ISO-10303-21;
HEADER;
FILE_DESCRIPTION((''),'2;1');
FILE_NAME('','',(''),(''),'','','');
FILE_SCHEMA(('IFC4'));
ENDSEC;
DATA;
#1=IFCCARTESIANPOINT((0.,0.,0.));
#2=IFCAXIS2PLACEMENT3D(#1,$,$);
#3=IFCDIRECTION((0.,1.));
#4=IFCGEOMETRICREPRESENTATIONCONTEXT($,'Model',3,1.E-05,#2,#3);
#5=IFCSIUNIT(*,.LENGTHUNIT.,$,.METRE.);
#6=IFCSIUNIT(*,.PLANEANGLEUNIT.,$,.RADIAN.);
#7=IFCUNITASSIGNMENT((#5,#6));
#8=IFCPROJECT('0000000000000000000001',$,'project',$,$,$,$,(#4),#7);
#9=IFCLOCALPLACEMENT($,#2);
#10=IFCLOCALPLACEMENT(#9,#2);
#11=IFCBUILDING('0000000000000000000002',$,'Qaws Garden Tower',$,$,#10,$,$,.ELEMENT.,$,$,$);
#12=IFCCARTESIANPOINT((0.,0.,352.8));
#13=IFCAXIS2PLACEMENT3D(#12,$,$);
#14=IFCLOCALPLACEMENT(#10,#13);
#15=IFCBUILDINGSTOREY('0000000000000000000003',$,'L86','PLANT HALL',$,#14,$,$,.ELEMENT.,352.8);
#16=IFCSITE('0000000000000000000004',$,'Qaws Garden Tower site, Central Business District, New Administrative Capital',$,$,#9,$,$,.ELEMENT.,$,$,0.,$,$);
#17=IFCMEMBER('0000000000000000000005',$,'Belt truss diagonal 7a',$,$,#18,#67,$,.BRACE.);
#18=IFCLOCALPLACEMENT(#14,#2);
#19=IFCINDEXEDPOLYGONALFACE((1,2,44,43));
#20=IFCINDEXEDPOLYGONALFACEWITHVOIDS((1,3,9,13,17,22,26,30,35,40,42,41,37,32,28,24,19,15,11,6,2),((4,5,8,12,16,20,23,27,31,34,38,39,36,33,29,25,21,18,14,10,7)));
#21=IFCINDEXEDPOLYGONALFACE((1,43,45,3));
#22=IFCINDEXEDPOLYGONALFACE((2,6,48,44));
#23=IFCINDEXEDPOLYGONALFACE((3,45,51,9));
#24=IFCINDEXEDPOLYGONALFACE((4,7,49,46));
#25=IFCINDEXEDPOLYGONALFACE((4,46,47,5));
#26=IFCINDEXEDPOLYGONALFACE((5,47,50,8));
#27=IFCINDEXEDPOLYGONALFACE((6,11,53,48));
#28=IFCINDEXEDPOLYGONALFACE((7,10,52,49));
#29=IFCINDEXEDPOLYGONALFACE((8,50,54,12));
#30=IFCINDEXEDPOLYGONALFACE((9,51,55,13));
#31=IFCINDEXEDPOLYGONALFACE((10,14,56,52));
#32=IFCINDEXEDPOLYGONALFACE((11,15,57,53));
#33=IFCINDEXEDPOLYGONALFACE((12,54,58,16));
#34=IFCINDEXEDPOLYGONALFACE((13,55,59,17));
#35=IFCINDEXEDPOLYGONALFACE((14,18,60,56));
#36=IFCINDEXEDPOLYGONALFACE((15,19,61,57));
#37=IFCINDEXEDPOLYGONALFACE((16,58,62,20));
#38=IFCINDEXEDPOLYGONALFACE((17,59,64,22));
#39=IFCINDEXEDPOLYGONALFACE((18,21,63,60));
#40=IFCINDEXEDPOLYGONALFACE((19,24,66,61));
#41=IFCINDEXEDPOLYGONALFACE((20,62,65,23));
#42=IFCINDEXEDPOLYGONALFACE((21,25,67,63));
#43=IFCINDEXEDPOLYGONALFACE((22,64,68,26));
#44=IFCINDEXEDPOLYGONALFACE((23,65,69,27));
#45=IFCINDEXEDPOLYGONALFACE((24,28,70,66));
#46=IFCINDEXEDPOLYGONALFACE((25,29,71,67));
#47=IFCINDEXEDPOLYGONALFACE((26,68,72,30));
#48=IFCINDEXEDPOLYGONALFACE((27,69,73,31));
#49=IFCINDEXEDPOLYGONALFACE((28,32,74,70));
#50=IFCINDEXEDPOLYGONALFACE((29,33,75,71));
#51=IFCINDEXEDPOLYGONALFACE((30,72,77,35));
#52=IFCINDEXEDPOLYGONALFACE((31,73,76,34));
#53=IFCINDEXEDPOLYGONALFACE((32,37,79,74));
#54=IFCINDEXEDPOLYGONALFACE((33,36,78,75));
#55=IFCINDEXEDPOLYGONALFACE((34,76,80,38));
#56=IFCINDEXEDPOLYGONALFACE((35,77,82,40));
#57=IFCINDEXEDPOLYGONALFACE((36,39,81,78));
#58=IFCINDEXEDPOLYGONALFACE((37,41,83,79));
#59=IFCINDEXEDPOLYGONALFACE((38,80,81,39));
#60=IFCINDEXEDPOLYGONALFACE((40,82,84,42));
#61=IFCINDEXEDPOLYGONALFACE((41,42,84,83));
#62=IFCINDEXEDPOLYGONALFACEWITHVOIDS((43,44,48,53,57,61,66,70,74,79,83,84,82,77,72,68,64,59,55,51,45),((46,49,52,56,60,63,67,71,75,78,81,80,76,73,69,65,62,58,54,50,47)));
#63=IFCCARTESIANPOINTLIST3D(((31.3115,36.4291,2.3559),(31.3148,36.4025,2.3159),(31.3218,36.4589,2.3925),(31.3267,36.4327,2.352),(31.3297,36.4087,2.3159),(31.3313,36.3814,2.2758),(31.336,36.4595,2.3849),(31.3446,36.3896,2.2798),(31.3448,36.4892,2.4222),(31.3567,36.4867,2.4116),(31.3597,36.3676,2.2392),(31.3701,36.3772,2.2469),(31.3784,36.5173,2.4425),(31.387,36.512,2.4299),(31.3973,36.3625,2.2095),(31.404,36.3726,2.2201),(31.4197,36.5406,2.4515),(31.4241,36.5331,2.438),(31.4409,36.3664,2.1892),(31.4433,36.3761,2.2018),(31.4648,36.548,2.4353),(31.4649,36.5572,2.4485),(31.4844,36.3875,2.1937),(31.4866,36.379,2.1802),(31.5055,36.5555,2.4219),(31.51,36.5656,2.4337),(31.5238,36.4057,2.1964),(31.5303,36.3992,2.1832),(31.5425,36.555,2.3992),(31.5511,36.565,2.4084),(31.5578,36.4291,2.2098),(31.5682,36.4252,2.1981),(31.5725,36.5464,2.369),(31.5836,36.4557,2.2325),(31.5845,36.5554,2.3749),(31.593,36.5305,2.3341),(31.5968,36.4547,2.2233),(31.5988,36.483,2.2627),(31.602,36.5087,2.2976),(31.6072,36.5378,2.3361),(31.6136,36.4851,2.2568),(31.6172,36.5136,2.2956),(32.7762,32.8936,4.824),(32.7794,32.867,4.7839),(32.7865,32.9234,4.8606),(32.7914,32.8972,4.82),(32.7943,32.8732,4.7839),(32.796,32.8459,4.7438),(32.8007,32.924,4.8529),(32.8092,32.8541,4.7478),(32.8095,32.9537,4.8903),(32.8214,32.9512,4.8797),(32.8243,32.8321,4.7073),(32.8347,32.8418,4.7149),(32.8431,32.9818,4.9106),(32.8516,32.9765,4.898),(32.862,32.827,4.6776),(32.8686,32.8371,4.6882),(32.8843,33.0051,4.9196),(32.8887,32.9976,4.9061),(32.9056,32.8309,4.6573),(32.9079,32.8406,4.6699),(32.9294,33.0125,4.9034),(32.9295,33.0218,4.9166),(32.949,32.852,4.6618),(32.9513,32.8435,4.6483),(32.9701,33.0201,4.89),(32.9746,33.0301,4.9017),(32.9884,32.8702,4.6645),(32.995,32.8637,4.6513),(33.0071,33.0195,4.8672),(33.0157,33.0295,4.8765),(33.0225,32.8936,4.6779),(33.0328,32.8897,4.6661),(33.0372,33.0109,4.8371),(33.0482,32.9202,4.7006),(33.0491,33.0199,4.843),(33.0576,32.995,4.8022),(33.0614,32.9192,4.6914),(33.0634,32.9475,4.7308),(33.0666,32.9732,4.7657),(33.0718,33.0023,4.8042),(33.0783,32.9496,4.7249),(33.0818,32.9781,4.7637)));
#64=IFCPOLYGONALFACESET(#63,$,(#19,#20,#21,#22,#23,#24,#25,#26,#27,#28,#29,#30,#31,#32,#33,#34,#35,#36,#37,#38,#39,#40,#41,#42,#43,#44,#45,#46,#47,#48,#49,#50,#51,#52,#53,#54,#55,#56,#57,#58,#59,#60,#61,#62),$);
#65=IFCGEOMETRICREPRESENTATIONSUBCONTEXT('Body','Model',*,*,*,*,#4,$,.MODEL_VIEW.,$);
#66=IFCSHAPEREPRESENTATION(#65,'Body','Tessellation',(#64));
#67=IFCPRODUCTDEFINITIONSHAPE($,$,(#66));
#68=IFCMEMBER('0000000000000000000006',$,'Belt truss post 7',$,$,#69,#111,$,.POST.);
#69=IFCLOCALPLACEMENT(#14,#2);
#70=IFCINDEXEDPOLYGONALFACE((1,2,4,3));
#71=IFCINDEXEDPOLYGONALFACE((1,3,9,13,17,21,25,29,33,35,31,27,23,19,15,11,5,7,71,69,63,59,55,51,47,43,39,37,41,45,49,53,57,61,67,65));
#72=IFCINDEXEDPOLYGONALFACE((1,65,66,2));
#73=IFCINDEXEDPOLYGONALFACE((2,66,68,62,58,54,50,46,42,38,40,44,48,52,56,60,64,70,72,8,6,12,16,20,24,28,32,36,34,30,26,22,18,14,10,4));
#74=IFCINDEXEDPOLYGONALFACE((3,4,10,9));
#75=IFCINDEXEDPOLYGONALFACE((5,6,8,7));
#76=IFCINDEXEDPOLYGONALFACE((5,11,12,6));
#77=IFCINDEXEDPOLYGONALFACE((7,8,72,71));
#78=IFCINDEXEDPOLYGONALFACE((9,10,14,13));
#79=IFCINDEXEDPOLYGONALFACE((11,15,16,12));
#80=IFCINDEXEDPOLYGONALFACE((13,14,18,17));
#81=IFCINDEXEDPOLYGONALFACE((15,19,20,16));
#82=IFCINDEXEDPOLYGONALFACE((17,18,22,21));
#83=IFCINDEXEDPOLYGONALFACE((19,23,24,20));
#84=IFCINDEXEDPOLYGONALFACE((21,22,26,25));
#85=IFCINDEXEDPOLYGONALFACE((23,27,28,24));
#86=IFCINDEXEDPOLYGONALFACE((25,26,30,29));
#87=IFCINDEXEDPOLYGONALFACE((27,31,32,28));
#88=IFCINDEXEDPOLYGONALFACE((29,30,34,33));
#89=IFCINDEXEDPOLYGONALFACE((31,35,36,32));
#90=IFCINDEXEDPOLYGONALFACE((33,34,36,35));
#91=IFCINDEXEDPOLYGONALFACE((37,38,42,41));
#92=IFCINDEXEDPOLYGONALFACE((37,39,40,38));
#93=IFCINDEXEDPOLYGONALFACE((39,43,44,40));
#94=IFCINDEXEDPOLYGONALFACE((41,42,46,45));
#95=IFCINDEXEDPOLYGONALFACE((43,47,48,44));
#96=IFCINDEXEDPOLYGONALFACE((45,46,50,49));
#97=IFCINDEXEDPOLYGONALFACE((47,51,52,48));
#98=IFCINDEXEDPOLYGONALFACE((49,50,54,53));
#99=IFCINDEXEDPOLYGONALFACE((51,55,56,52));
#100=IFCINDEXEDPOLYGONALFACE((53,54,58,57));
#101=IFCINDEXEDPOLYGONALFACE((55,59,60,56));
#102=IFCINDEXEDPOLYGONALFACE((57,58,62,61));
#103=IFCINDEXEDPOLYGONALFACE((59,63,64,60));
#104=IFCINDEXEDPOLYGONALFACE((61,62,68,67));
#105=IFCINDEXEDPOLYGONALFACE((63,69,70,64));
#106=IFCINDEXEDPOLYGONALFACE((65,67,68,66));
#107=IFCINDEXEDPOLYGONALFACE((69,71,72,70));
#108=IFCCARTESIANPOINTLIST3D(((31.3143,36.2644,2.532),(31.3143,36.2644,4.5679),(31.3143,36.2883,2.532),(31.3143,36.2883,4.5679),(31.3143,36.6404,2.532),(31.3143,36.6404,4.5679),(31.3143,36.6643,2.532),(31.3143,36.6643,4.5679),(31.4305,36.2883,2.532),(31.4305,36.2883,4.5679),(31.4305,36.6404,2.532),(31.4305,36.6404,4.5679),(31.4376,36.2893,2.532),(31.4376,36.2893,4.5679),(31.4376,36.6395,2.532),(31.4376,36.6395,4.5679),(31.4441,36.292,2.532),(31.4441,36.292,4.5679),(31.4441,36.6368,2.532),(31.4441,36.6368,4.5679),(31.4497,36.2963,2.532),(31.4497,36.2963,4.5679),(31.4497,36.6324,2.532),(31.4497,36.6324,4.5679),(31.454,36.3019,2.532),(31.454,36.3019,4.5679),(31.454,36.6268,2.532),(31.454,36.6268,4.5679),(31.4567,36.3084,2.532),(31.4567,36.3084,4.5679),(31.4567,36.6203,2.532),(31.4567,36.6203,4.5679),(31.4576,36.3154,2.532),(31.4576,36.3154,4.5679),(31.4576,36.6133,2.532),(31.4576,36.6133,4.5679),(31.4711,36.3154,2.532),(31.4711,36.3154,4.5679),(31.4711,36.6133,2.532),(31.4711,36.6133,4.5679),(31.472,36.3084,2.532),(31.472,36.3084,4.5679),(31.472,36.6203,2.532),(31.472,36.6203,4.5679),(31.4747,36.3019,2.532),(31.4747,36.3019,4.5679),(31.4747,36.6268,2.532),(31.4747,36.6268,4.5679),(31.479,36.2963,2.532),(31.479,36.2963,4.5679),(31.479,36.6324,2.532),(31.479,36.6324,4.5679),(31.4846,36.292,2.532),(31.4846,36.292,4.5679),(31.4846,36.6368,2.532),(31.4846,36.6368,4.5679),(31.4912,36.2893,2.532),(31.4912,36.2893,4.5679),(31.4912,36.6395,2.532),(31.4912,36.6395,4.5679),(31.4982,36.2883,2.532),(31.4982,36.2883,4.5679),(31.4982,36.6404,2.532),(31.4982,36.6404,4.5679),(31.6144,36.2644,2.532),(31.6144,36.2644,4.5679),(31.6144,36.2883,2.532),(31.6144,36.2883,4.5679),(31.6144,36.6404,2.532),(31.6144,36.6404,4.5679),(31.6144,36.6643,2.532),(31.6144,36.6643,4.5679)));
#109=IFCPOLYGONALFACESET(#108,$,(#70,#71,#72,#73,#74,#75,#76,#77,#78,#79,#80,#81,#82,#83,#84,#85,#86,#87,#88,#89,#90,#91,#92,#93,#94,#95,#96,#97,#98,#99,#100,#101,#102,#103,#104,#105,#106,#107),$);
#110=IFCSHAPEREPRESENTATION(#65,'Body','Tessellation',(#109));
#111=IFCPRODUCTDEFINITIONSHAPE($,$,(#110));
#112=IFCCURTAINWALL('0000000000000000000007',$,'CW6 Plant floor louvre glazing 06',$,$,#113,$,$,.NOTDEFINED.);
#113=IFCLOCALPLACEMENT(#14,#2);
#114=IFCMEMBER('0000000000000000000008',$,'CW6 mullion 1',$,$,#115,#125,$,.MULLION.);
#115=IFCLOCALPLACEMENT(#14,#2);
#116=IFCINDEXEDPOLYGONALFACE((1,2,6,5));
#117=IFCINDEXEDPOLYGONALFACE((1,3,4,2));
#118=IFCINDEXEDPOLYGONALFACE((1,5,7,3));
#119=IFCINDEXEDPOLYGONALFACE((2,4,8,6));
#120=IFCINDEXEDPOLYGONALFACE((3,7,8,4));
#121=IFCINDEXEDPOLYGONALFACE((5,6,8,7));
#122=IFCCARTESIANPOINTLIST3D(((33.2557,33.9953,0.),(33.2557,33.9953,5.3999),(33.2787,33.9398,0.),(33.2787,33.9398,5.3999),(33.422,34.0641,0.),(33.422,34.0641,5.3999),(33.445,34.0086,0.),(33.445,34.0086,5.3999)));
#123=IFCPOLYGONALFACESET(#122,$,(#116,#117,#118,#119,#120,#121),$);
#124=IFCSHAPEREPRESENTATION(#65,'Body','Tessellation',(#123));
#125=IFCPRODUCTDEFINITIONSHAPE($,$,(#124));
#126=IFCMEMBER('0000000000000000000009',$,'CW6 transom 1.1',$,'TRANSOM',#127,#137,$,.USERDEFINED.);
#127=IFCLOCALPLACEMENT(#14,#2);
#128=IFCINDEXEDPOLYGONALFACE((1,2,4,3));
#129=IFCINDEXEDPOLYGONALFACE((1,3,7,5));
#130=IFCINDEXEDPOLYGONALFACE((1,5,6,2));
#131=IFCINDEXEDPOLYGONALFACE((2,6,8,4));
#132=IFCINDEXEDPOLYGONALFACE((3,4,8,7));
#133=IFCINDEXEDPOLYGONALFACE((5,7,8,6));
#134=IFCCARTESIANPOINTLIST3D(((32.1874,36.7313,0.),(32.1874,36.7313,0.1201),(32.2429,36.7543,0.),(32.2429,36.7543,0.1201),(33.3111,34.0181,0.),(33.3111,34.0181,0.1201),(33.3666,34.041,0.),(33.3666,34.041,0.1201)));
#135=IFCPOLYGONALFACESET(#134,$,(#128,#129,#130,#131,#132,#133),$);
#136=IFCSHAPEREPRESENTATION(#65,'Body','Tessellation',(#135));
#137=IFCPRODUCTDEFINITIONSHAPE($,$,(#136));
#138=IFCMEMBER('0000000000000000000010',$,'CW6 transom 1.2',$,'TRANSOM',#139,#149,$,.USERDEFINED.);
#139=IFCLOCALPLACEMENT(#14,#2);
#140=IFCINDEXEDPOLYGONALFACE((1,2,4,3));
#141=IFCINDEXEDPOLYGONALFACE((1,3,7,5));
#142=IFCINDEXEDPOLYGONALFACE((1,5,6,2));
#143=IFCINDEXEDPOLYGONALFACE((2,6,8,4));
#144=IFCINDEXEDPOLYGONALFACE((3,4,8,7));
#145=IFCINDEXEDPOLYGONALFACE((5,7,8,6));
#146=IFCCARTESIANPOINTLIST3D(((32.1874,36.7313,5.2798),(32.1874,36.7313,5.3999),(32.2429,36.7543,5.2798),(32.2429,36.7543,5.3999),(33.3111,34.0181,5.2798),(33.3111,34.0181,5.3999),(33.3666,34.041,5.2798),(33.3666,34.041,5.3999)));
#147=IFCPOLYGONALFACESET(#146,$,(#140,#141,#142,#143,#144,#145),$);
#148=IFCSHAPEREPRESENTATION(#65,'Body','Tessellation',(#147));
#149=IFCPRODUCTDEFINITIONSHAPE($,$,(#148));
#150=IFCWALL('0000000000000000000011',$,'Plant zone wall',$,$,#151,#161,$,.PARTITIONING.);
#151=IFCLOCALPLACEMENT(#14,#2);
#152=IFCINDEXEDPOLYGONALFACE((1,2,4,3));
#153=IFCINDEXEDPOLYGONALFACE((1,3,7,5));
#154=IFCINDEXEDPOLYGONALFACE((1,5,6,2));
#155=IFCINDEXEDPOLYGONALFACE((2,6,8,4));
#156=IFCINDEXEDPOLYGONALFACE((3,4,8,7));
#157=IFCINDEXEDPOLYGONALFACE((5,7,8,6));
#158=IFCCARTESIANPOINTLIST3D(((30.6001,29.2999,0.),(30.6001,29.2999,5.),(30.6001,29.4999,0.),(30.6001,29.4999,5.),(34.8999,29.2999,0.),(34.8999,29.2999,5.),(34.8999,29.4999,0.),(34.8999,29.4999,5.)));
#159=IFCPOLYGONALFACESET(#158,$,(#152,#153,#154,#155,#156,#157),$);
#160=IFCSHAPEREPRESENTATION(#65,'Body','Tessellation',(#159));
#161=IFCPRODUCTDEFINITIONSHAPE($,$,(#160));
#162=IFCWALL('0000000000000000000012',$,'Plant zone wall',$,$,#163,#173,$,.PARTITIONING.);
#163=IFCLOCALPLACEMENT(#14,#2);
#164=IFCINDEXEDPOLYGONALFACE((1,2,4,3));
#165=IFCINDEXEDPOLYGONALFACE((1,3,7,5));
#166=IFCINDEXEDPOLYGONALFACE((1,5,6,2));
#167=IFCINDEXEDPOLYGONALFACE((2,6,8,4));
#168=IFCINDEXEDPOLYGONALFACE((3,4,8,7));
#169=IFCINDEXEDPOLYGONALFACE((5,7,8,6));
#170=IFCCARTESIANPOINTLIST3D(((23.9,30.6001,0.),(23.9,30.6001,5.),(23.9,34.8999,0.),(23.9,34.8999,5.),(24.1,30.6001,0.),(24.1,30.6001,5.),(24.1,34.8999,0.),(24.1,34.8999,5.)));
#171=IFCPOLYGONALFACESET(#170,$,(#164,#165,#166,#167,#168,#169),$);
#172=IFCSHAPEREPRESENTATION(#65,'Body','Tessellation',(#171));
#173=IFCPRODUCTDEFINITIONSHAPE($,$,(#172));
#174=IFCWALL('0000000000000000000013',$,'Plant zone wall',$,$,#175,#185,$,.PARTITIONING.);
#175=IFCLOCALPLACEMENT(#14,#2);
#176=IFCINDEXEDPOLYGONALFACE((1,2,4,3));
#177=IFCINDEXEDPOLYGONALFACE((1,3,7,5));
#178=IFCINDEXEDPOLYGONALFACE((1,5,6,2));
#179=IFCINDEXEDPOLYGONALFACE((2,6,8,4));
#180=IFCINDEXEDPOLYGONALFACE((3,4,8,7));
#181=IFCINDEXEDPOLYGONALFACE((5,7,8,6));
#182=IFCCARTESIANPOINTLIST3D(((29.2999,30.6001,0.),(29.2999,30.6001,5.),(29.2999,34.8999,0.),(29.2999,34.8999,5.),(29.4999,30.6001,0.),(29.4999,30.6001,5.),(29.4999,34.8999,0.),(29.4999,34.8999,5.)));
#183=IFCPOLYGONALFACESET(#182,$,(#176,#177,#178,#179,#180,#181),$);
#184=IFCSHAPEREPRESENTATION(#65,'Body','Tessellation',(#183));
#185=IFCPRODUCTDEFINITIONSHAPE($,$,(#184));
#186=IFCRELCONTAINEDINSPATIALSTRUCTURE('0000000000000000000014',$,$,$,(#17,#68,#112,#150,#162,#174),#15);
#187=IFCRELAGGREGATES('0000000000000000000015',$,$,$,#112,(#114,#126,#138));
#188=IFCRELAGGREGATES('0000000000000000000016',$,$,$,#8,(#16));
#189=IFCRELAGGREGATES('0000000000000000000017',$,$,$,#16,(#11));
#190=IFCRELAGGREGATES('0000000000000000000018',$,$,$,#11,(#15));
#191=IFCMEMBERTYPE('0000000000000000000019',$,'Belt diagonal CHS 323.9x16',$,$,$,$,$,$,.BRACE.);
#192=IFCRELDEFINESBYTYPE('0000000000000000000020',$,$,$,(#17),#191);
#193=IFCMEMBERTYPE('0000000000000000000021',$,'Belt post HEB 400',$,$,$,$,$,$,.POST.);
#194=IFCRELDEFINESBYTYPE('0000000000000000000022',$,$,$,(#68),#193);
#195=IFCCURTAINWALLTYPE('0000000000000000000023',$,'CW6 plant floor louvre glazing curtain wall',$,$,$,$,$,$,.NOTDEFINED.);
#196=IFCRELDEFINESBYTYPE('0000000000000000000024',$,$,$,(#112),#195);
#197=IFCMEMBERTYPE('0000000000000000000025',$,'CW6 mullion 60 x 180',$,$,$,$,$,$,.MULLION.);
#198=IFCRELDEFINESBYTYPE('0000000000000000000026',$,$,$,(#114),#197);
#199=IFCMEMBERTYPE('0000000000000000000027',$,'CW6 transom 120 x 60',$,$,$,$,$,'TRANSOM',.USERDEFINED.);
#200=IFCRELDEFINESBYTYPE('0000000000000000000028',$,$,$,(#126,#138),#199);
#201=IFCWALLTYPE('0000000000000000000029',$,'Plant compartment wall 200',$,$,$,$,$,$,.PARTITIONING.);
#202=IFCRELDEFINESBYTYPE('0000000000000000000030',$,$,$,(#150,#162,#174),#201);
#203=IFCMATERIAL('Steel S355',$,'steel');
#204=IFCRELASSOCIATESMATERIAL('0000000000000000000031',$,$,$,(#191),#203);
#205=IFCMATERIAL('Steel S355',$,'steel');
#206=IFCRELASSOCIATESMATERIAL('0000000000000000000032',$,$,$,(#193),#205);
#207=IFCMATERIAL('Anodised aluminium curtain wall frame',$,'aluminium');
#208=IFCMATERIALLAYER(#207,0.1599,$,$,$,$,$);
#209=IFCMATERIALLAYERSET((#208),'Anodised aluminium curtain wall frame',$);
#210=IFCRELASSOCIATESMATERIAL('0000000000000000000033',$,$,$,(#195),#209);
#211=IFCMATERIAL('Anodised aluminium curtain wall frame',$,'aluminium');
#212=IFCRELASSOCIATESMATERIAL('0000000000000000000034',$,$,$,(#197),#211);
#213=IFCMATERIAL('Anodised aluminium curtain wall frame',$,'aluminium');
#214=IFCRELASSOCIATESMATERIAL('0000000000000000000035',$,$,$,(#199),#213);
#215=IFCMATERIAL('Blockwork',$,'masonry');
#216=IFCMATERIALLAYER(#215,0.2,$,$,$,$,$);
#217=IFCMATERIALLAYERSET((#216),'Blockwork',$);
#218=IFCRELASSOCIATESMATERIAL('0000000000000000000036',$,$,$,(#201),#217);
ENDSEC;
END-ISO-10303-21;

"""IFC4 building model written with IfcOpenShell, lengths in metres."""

from ifc_helpers import new_model, si_unit, direction, frame, frame_2d, origin, origin_2d, place, context, subcontext, project, spatial, rectangle, hollow_circle, i_section, extrude, material, layer, layer_set, material_profile, profile_set, type_object, element, aggregate, save


model = new_model("IFC4")

# Units and contexts
model_context = context("Model", 3, precision=1e-05, world=origin(), true_north=direction((0.0, 1.0)))
body_context = subcontext(model_context, "Body", "Model", "MODEL_VIEW")
ifc_project = project(units=[si_unit("LENGTHUNIT", "METRE"), si_unit("PLANEANGLEUNIT", "RADIAN")], contexts=[model_context])

# Site, building, storey
site_placement = place(None, origin())
site = spatial("IfcSite", under=ifc_project, at=site_placement, Name="Qaws Garden Tower site, Central Business District, New Administrative Capital", CompositionType="ELEMENT", RefElevation=0.0)
building_placement = place(site_placement, origin())
building = spatial("IfcBuilding", under=site, at=building_placement, Name="Qaws Garden Tower", CompositionType="ELEMENT")
storey_placement = place(building_placement, frame((0.0, 0.0, 352.8)))
storey = spatial("IfcBuildingStorey", under=building, at=storey_placement, Name="L86", Description="PLANT HALL", CompositionType="ELEMENT", Elevation=352.8)

# Members
ifc_material_1 = material(Name="Steel S355", Category="steel")
ifc_material_profile_1 = material_profile(ifc_material_1, hollow_circle(Radius=0.1619, WallThickness=0.0161, at=origin_2d()), Name="CHS 323.9x16")
ifc_profile_set_1 = profile_set([ifc_material_profile_1], Name="Steel S355")
member_type_1 = type_object("IfcMemberType", Name="Belt diagonal CHS 323.9x16", PredefinedType="BRACE", material=ifc_profile_set_1)
member_1_placement = place(storey_placement, frame((32.929, 32.929, 4.7839), z_axis=(-0.321636, 0.776398, -0.541993), x_axis=(-0.923862, -0.382726, 0.0)))
element("IfcMember", 1, at=member_1_placement, inside=storey, type_object=member_type_1, Name="Belt truss diagonal 7a", PredefinedType="BRACE", context=body_context, shape_type="SweptSolid", body=[
    extrude(hollow_circle(Radius=0.1619, WallThickness=0.0161, at=origin_2d()), origin(), (0.0, 0.0, 1.0), 4.5537),
])
ifc_material_2 = material(Name="Steel S355", Category="steel")
ifc_material_profile_2 = material_profile(ifc_material_2, i_section(OverallWidth=0.3, OverallDepth=0.3999, WebThickness=0.0134, FlangeThickness=0.0239, FilletRadius=0.0271, at=origin_2d()), Name="HEB 400")
ifc_profile_set_2 = profile_set([ifc_material_profile_2], Name="Steel S355")
member_type_2 = type_object("IfcMemberType", Name="Belt post HEB 400", PredefinedType="POST", material=ifc_profile_set_2)
member_2_placement = place(storey_placement, frame((31.4644, 36.4644, 2.532), z_axis=(0.0, 0.0, 1.0), x_axis=(1.0, 0.0, 0.0)))
element("IfcMember", 2, at=member_2_placement, inside=storey, type_object=member_type_2, Name="Belt truss post 7", PredefinedType="POST", context=body_context, shape_type="SweptSolid", body=[
    extrude(i_section(OverallWidth=0.3, OverallDepth=0.3999, WebThickness=0.0134, FlangeThickness=0.0239, FilletRadius=0.0271, at=origin_2d()), origin(), (0.0, 0.0, 1.0), 2.0359),
])

# Curtain wall, members
ifc_material_3 = material(Name="Anodised aluminium curtain wall frame", Category="aluminium")
ifc_layer_1 = layer(ifc_material_3, 0.1599)
ifc_layer_set_1 = layer_set([ifc_layer_1], Name="Anodised aluminium curtain wall frame")
curtain_wall_type = type_object("IfcCurtainWallType", Name="CW6 plant floor louvre glazing curtain wall", PredefinedType="NOTDEFINED", material=ifc_layer_set_1)
placement_1 = place(storey_placement, origin())
curtain_wall_1 = element("IfcCurtainWall", 3, at=placement_1, inside=storey, type_object=curtain_wall_type, Name="CW6 Plant floor louvre glazing 06", PredefinedType="NOTDEFINED")
ifc_material_4 = material(Name="Anodised aluminium curtain wall frame", Category="aluminium")
ifc_material_profile_3 = material_profile(ifc_material_4, rectangle(XDim=0.1799, YDim=0.0601, at=origin_2d()), Name="AL 60x180")
ifc_profile_set_3 = profile_set([ifc_material_profile_3], Name="Anodised aluminium curtain wall frame")
member_type_3 = type_object("IfcMemberType", Name="CW6 mullion 60 x 180", PredefinedType="MULLION", material=ifc_profile_set_3)
member_3_placement = place(storey_placement, frame((33.3503, 34.002, 0.0), z_axis=(0.0, 0.0, 1.0), x_axis=(-0.92388, -0.382683, 0.0)))
member_3 = element("IfcMember", 4, at=member_3_placement, type_object=member_type_3, Name="CW6 mullion 1", PredefinedType="MULLION", context=body_context, shape_type="SweptSolid", body=[
    extrude(rectangle(XDim=0.1799, YDim=0.0601, at=origin_2d()), origin(), (0.0, 0.0, 1.0), 5.3999),
])
ifc_material_5 = material(Name="Anodised aluminium curtain wall frame", Category="aluminium")
ifc_material_profile_4 = material_profile(ifc_material_5, rectangle(XDim=0.0601, YDim=0.1201, at=origin_2d()), Name="AL 60x120")
ifc_profile_set_4 = profile_set([ifc_material_profile_4], Name="Anodised aluminium curtain wall frame")
member_type_4 = type_object("IfcMemberType", Name="CW6 transom 120 x 60", ElementType="TRANSOM", PredefinedType="USERDEFINED", material=ifc_profile_set_4)
member_4_placement = place(storey_placement, frame((33.3389, 34.0295, 0.0601), z_axis=(-0.382643, 0.923896, 0.0), x_axis=(-0.923896, -0.382643, 0.0)))
member_4 = element("IfcMember", 5, at=member_4_placement, type_object=member_type_4, Name="CW6 transom 1.1", ObjectType="TRANSOM", PredefinedType="USERDEFINED", context=body_context, shape_type="SweptSolid", body=[
    extrude(rectangle(XDim=0.0601, YDim=0.1201, at=origin_2d()), origin(), (0.0, 0.0, 1.0), 2.9368),
])
member_5_placement = place(storey_placement, frame((33.3389, 34.0295, 5.3398), z_axis=(-0.382643, 0.923896, 0.0), x_axis=(-0.923896, -0.382643, 0.0)))
member_5 = element("IfcMember", 6, at=member_5_placement, type_object=member_type_4, Name="CW6 transom 1.2", ObjectType="TRANSOM", PredefinedType="USERDEFINED", context=body_context, shape_type="SweptSolid", body=[
    extrude(rectangle(XDim=0.0601, YDim=0.1201, at=origin_2d()), origin(), (0.0, 0.0, 1.0), 2.9368),
])

aggregate(curtain_wall_1, [member_3, member_4, member_5])

# Walls
ifc_material_6 = material(Name="Blockwork", Category="masonry")
ifc_layer_2 = layer(ifc_material_6, 0.2)
ifc_layer_set_2 = layer_set([ifc_layer_2], Name="Blockwork")
wall_type = type_object("IfcWallType", Name="Plant compartment wall 200", PredefinedType="PARTITIONING", material=ifc_layer_set_2)
for number, where, z_axis, x_axis, name in (
    (7, (30.6001, 29.3999, 0.0), (0.0, 0.0, 1.0), (1.0, 0.0, 0.0), "Plant zone wall"),
    (8, (24.0, 30.6001, 0.0), (0.0, 0.0, 1.0), (0.0, 1.0, 0.0), "Plant zone wall"),
    (9, (29.3999, 30.6001, 0.0), (0.0, 0.0, 1.0), (0.0, 1.0, 0.0), "Plant zone wall"),
):
    element("IfcWall", number, at=place(storey_placement, frame(where, z_axis=z_axis, x_axis=x_axis)), inside=storey, type_object=wall_type, Name=name, PredefinedType="PARTITIONING", context=body_context, shape_type="SweptSolid", body=[
        extrude(rectangle(XDim=4.2998, YDim=0.2, at=frame_2d((2.1499, 0.0))), origin(), (0.0, 0.0, 1.0), 5.0),
    ])

save(model, "model.ifc")
